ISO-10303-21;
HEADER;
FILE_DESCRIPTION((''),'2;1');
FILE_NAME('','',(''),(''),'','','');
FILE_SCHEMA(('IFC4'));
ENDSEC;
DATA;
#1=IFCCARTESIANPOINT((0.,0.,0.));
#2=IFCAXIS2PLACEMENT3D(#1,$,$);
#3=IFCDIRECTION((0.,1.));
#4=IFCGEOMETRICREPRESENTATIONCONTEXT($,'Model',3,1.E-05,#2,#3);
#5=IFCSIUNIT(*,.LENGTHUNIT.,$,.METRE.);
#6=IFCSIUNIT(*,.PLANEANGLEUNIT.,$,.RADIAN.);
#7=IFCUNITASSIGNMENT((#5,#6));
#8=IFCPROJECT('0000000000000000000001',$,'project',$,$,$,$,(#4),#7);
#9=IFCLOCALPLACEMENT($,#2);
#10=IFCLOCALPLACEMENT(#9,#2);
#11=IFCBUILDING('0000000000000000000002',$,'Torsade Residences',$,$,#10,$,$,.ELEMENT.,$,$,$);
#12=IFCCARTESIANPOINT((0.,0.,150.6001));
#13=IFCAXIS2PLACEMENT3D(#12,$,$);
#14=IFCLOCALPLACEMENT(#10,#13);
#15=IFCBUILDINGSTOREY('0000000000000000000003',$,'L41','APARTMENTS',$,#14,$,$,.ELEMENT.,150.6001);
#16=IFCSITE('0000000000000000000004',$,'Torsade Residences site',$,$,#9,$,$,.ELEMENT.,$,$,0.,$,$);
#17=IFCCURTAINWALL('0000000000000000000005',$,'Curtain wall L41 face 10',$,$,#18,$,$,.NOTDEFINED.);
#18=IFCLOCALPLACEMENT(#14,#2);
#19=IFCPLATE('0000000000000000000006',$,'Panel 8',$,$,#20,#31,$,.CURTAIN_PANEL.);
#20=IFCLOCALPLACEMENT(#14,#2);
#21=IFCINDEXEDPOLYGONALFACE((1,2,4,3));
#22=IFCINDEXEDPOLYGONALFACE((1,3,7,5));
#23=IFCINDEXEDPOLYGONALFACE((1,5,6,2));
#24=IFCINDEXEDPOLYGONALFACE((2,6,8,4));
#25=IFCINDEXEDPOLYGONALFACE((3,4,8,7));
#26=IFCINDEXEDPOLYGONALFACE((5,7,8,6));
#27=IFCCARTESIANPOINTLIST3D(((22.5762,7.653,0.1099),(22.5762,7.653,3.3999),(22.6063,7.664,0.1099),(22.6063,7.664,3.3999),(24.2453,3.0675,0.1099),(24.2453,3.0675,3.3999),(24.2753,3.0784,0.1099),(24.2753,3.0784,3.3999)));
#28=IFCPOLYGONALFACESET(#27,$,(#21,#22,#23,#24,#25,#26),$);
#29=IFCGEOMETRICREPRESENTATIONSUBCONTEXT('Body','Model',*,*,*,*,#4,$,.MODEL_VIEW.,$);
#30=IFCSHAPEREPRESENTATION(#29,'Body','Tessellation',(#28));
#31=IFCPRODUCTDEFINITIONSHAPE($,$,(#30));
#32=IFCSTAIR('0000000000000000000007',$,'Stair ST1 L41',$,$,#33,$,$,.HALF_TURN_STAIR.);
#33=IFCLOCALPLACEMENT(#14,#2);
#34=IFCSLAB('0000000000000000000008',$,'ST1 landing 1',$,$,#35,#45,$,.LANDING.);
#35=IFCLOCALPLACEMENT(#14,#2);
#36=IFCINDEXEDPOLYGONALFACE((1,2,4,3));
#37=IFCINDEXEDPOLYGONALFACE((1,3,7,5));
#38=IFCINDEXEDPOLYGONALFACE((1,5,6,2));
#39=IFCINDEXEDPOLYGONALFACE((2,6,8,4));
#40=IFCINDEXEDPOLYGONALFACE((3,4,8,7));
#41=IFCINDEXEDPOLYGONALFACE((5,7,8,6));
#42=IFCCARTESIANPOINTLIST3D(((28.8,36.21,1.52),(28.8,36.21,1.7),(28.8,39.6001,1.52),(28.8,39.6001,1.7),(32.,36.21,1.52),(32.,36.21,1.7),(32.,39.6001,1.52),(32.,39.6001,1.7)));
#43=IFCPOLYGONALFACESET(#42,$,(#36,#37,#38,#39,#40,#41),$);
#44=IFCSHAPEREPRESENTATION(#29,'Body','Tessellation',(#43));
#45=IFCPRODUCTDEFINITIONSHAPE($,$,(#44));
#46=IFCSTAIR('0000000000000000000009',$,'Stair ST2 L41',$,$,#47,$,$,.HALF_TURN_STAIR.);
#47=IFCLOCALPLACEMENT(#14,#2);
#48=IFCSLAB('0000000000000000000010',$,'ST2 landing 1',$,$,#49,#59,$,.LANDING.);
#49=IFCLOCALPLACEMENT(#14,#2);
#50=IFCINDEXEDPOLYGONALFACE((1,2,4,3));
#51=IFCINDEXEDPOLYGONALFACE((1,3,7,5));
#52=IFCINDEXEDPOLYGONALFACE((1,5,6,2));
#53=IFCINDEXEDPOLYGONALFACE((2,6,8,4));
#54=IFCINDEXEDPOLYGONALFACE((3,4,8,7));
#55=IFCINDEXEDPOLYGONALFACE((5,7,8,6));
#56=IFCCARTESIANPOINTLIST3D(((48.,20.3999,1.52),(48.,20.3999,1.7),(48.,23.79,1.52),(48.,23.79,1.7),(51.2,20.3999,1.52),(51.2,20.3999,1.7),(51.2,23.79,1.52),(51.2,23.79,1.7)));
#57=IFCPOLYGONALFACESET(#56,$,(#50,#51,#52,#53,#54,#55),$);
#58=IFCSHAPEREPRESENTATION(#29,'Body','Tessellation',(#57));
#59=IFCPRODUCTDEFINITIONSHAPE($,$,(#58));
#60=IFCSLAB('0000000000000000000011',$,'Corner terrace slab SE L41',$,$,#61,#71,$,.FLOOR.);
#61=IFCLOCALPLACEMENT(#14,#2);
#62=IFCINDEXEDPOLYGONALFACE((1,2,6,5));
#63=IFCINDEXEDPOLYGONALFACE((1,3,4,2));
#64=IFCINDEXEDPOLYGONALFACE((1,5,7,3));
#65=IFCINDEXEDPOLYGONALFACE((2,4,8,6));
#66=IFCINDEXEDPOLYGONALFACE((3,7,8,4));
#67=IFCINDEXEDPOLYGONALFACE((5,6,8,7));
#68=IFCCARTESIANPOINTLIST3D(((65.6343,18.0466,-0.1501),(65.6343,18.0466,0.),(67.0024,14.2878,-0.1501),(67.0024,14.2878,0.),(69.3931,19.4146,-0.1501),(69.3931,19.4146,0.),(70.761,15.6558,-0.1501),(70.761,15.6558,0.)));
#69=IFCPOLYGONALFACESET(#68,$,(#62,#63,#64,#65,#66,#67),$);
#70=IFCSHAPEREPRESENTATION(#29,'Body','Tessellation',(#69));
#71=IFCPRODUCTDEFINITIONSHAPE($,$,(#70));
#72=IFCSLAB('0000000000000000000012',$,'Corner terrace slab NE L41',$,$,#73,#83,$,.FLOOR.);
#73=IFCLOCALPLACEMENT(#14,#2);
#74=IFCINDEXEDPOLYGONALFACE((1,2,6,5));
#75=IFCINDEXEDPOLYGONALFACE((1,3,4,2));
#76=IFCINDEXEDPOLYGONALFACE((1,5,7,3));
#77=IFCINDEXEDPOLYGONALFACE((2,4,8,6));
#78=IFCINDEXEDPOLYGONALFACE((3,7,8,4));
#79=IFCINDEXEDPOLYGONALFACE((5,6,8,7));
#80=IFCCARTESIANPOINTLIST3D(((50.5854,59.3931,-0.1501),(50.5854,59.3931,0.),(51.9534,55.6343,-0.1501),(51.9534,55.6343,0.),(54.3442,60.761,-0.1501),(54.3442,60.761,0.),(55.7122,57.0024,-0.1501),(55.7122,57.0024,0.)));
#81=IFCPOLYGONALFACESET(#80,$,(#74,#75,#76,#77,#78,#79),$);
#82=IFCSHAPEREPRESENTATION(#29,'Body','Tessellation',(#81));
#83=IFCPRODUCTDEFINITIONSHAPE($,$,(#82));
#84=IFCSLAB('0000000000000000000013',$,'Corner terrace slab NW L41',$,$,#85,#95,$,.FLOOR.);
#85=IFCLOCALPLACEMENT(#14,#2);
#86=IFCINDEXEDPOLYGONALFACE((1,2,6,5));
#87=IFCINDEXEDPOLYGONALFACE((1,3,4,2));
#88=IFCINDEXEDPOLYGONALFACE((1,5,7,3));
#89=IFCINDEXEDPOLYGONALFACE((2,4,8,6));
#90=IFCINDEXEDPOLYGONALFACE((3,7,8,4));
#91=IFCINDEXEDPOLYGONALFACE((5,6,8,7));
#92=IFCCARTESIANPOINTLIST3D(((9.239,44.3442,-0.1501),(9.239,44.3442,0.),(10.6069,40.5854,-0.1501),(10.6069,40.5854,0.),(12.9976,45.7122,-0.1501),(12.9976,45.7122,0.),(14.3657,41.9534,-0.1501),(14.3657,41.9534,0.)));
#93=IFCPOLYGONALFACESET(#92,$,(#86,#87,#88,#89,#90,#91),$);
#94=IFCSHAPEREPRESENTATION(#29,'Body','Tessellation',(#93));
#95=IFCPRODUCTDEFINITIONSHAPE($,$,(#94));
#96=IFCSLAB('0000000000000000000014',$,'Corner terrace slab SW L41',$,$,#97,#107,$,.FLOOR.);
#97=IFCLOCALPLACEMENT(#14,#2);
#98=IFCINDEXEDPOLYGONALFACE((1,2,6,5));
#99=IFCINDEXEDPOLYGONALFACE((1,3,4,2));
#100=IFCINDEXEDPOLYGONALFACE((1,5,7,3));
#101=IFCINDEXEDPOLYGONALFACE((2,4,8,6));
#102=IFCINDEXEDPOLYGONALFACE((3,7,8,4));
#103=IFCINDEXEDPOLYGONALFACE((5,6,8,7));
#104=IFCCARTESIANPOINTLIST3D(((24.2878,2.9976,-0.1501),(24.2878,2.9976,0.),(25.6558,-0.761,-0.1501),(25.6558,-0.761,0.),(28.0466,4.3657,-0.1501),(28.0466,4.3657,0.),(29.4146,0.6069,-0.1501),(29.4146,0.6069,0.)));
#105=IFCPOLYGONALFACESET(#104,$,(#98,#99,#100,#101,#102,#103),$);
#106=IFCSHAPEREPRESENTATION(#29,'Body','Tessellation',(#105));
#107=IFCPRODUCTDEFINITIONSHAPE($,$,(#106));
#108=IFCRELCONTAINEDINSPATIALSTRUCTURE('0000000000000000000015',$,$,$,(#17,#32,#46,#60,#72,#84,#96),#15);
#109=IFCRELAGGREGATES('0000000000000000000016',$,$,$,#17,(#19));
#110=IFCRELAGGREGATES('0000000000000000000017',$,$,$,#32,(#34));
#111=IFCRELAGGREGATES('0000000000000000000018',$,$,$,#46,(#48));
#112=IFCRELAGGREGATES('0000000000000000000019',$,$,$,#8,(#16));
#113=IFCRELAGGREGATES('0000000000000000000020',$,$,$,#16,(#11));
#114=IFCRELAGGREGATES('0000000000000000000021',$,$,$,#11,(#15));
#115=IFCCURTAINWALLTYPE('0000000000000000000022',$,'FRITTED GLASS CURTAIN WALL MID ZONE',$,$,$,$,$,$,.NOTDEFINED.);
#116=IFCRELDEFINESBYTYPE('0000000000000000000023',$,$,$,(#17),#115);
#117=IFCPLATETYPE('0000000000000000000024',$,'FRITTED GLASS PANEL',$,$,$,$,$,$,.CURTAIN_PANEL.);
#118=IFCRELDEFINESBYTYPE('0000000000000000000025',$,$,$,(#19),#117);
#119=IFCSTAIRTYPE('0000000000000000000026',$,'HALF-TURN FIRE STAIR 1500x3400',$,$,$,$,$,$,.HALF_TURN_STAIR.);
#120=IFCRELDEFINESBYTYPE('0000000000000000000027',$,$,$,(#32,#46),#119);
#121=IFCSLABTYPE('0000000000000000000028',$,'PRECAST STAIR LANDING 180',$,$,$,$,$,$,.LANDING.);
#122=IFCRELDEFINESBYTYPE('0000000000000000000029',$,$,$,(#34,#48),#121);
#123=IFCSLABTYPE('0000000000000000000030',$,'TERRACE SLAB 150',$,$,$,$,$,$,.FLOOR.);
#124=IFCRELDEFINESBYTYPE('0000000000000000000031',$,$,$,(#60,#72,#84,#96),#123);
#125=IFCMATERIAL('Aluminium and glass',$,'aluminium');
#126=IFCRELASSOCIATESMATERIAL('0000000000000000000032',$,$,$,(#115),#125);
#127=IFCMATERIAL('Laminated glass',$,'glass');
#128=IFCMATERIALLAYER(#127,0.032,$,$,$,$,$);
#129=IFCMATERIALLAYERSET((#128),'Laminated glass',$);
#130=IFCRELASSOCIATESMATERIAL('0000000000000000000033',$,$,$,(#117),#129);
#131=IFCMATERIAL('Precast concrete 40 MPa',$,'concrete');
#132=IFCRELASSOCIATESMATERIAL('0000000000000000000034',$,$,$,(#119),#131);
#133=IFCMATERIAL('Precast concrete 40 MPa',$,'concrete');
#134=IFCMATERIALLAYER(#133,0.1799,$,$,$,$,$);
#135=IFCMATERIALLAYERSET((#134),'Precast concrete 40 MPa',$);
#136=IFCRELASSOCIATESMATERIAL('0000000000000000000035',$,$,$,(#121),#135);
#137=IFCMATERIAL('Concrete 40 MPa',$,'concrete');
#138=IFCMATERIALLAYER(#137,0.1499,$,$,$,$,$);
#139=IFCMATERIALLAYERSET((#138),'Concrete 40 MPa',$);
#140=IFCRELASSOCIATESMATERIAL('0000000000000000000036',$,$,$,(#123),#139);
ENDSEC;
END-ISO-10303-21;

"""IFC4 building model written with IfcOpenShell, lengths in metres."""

from ifc_helpers import new_model, si_unit, direction, frame, origin, origin_2d, place, context, subcontext, project, spatial, polyline, rectangle, outline, extrude, material, layer, layer_set, type_object, element, aggregate, save


model = new_model("IFC4")

# Units and contexts
model_context = context("Model", 3, precision=1e-05, world=origin(), true_north=direction((0.0, 1.0)))
body_context = subcontext(model_context, "Body", "Model", "MODEL_VIEW")
ifc_project = project(units=[si_unit("LENGTHUNIT", "METRE"), si_unit("PLANEANGLEUNIT", "RADIAN")], contexts=[model_context])

# Site, building, storey
site_placement = place(None, origin())
site = spatial("IfcSite", under=ifc_project, at=site_placement, Name="Torsade Residences site", CompositionType="ELEMENT", RefElevation=0.0)
building_placement = place(site_placement, origin())
building = spatial("IfcBuilding", under=site, at=building_placement, Name="Torsade Residences", CompositionType="ELEMENT")
storey_placement = place(building_placement, frame((0.0, 0.0, 150.6001)))
storey = spatial("IfcBuildingStorey", under=building, at=storey_placement, Name="L41", Description="APARTMENTS", CompositionType="ELEMENT", Elevation=150.6001)

# Curtain wall
ifc_material_1 = material(Name="Aluminium and glass", Category="aluminium")
curtain_wall_type = type_object("IfcCurtainWallType", Name="FRITTED GLASS CURTAIN WALL MID ZONE", PredefinedType="NOTDEFINED", material=ifc_material_1)
curtain_wall_placement = place(storey_placement, origin())
curtain_wall = element("IfcCurtainWall", 1, at=curtain_wall_placement, inside=storey, type_object=curtain_wall_type, Name="Curtain wall L41 face 10", PredefinedType="NOTDEFINED")

# Plate
ifc_material_2 = material(Name="Laminated glass", Category="glass")
ifc_layer_1 = layer(ifc_material_2, 0.032)
ifc_layer_set_1 = layer_set([ifc_layer_1], Name="Laminated glass")
plate_type = type_object("IfcPlateType", Name="FRITTED GLASS PANEL", PredefinedType="CURTAIN_PANEL", material=ifc_layer_set_1)
plate_1_placement = place(storey_placement, frame((23.4258, 5.3657, 0.1099), z_axis=(0.0, 0.0, 1.0), x_axis=(0.34202, -0.939693, 0.0)))
plate_1 = element("IfcPlate", 2, at=plate_1_placement, type_object=plate_type, Name="Panel 8", PredefinedType="CURTAIN_PANEL", context=body_context, shape_type="SweptSolid", body=[
    extrude(rectangle(XDim=4.8799, YDim=0.032, at=origin_2d()), origin(), (0.0, 0.0, 1.0), 3.29),
])
aggregate(curtain_wall, [plate_1])

# Stairs, slabs
ifc_material_3 = material(Name="Precast concrete 40 MPa", Category="concrete")
stair_type = type_object("IfcStairType", Name="HALF-TURN FIRE STAIR 1500x3400", PredefinedType="HALF_TURN_STAIR", material=ifc_material_3)
stair_1_placement = place(storey_placement, origin())
stair_1 = element("IfcStair", 3, at=stair_1_placement, inside=storey, type_object=stair_type, Name="Stair ST1 L41", PredefinedType="HALF_TURN_STAIR")
ifc_material_4 = material(Name="Precast concrete 40 MPa", Category="concrete")
ifc_layer_2 = layer(ifc_material_4, 0.1799)
ifc_layer_set_2 = layer_set([ifc_layer_2], Name="Precast concrete 40 MPa")
slab_type_1 = type_object("IfcSlabType", Name="PRECAST STAIR LANDING 180", PredefinedType="LANDING", material=ifc_layer_set_2)
slab_1_placement = place(storey_placement, frame((0.0, 0.0, 1.52)))
slab_1 = element("IfcSlab", 4, at=slab_1_placement, type_object=slab_type_1, Name="ST1 landing 1", PredefinedType="LANDING", context=body_context, shape_type="SweptSolid", body=[
    extrude(outline(polyline([(28.8, 36.21), (32.0, 36.21), (32.0, 39.6001), (28.8, 39.6001), (28.8, 36.21)])), origin(), (0.0, 0.0, 1.0), 0.1799),
])
aggregate(stair_1, [slab_1])
stair_2_placement = place(storey_placement, origin())
stair_2 = element("IfcStair", 5, at=stair_2_placement, inside=storey, type_object=stair_type, Name="Stair ST2 L41", PredefinedType="HALF_TURN_STAIR")
slab_2_placement = place(storey_placement, frame((0.0, 0.0, 1.52)))
slab_2 = element("IfcSlab", 6, at=slab_2_placement, type_object=slab_type_1, Name="ST2 landing 1", PredefinedType="LANDING", context=body_context, shape_type="SweptSolid", body=[
    extrude(outline(polyline([(48.0, 20.3999), (51.2, 20.3999), (51.2, 23.79), (48.0, 23.79), (48.0, 20.3999)])), origin(), (0.0, 0.0, 1.0), 0.1799),
])
aggregate(stair_2, [slab_2])

# Slabs
ifc_material_5 = material(Name="Concrete 40 MPa", Category="concrete")
ifc_layer_3 = layer(ifc_material_5, 0.1499)
ifc_layer_set_3 = layer_set([ifc_layer_3], Name="Concrete 40 MPa")
slab_type_2 = type_object("IfcSlabType", Name="TERRACE SLAB 150", PredefinedType="FLOOR", material=ifc_layer_set_3)
slab_3_placement = place(storey_placement, frame((0.0, 0.0, -0.1501)))
element("IfcSlab", 7, at=slab_3_placement, inside=storey, type_object=slab_type_2, Name="Corner terrace slab SE L41", PredefinedType="FLOOR", context=body_context, shape_type="SweptSolid", body=[
    extrude(outline(polyline([(67.0024, 14.2878), (70.761, 15.6558), (69.3931, 19.4146), (65.6343, 18.0466), (67.0024, 14.2878)])), origin(), (0.0, 0.0, 1.0), 0.1501),
])
slab_4_placement = place(storey_placement, frame((0.0, 0.0, -0.1501)))
element("IfcSlab", 8, at=slab_4_placement, inside=storey, type_object=slab_type_2, Name="Corner terrace slab NE L41", PredefinedType="FLOOR", context=body_context, shape_type="SweptSolid", body=[
    extrude(outline(polyline([(51.9534, 55.6343), (55.7122, 57.0024), (54.3442, 60.761), (50.5854, 59.3931), (51.9534, 55.6343)])), origin(), (0.0, 0.0, 1.0), 0.1501),
])
slab_5_placement = place(storey_placement, frame((0.0, 0.0, -0.1501)))
element("IfcSlab", 9, at=slab_5_placement, inside=storey, type_object=slab_type_2, Name="Corner terrace slab NW L41", PredefinedType="FLOOR", context=body_context, shape_type="SweptSolid", body=[
    extrude(outline(polyline([(10.6069, 40.5854), (14.3657, 41.9534), (12.9976, 45.7122), (9.239, 44.3442), (10.6069, 40.5854)])), origin(), (0.0, 0.0, 1.0), 0.1501),
])
slab_6_placement = place(storey_placement, frame((0.0, 0.0, -0.1501)))
element("IfcSlab", 10, at=slab_6_placement, inside=storey, type_object=slab_type_2, Name="Corner terrace slab SW L41", PredefinedType="FLOOR", context=body_context, shape_type="SweptSolid", body=[
    extrude(outline(polyline([(25.6558, -0.761), (29.4146, 0.6069), (28.0466, 4.3657), (24.2878, 2.9976), (25.6558, -0.761)])), origin(), (0.0, 0.0, 1.0), 0.1501),
])

save(model, "model.ifc")
